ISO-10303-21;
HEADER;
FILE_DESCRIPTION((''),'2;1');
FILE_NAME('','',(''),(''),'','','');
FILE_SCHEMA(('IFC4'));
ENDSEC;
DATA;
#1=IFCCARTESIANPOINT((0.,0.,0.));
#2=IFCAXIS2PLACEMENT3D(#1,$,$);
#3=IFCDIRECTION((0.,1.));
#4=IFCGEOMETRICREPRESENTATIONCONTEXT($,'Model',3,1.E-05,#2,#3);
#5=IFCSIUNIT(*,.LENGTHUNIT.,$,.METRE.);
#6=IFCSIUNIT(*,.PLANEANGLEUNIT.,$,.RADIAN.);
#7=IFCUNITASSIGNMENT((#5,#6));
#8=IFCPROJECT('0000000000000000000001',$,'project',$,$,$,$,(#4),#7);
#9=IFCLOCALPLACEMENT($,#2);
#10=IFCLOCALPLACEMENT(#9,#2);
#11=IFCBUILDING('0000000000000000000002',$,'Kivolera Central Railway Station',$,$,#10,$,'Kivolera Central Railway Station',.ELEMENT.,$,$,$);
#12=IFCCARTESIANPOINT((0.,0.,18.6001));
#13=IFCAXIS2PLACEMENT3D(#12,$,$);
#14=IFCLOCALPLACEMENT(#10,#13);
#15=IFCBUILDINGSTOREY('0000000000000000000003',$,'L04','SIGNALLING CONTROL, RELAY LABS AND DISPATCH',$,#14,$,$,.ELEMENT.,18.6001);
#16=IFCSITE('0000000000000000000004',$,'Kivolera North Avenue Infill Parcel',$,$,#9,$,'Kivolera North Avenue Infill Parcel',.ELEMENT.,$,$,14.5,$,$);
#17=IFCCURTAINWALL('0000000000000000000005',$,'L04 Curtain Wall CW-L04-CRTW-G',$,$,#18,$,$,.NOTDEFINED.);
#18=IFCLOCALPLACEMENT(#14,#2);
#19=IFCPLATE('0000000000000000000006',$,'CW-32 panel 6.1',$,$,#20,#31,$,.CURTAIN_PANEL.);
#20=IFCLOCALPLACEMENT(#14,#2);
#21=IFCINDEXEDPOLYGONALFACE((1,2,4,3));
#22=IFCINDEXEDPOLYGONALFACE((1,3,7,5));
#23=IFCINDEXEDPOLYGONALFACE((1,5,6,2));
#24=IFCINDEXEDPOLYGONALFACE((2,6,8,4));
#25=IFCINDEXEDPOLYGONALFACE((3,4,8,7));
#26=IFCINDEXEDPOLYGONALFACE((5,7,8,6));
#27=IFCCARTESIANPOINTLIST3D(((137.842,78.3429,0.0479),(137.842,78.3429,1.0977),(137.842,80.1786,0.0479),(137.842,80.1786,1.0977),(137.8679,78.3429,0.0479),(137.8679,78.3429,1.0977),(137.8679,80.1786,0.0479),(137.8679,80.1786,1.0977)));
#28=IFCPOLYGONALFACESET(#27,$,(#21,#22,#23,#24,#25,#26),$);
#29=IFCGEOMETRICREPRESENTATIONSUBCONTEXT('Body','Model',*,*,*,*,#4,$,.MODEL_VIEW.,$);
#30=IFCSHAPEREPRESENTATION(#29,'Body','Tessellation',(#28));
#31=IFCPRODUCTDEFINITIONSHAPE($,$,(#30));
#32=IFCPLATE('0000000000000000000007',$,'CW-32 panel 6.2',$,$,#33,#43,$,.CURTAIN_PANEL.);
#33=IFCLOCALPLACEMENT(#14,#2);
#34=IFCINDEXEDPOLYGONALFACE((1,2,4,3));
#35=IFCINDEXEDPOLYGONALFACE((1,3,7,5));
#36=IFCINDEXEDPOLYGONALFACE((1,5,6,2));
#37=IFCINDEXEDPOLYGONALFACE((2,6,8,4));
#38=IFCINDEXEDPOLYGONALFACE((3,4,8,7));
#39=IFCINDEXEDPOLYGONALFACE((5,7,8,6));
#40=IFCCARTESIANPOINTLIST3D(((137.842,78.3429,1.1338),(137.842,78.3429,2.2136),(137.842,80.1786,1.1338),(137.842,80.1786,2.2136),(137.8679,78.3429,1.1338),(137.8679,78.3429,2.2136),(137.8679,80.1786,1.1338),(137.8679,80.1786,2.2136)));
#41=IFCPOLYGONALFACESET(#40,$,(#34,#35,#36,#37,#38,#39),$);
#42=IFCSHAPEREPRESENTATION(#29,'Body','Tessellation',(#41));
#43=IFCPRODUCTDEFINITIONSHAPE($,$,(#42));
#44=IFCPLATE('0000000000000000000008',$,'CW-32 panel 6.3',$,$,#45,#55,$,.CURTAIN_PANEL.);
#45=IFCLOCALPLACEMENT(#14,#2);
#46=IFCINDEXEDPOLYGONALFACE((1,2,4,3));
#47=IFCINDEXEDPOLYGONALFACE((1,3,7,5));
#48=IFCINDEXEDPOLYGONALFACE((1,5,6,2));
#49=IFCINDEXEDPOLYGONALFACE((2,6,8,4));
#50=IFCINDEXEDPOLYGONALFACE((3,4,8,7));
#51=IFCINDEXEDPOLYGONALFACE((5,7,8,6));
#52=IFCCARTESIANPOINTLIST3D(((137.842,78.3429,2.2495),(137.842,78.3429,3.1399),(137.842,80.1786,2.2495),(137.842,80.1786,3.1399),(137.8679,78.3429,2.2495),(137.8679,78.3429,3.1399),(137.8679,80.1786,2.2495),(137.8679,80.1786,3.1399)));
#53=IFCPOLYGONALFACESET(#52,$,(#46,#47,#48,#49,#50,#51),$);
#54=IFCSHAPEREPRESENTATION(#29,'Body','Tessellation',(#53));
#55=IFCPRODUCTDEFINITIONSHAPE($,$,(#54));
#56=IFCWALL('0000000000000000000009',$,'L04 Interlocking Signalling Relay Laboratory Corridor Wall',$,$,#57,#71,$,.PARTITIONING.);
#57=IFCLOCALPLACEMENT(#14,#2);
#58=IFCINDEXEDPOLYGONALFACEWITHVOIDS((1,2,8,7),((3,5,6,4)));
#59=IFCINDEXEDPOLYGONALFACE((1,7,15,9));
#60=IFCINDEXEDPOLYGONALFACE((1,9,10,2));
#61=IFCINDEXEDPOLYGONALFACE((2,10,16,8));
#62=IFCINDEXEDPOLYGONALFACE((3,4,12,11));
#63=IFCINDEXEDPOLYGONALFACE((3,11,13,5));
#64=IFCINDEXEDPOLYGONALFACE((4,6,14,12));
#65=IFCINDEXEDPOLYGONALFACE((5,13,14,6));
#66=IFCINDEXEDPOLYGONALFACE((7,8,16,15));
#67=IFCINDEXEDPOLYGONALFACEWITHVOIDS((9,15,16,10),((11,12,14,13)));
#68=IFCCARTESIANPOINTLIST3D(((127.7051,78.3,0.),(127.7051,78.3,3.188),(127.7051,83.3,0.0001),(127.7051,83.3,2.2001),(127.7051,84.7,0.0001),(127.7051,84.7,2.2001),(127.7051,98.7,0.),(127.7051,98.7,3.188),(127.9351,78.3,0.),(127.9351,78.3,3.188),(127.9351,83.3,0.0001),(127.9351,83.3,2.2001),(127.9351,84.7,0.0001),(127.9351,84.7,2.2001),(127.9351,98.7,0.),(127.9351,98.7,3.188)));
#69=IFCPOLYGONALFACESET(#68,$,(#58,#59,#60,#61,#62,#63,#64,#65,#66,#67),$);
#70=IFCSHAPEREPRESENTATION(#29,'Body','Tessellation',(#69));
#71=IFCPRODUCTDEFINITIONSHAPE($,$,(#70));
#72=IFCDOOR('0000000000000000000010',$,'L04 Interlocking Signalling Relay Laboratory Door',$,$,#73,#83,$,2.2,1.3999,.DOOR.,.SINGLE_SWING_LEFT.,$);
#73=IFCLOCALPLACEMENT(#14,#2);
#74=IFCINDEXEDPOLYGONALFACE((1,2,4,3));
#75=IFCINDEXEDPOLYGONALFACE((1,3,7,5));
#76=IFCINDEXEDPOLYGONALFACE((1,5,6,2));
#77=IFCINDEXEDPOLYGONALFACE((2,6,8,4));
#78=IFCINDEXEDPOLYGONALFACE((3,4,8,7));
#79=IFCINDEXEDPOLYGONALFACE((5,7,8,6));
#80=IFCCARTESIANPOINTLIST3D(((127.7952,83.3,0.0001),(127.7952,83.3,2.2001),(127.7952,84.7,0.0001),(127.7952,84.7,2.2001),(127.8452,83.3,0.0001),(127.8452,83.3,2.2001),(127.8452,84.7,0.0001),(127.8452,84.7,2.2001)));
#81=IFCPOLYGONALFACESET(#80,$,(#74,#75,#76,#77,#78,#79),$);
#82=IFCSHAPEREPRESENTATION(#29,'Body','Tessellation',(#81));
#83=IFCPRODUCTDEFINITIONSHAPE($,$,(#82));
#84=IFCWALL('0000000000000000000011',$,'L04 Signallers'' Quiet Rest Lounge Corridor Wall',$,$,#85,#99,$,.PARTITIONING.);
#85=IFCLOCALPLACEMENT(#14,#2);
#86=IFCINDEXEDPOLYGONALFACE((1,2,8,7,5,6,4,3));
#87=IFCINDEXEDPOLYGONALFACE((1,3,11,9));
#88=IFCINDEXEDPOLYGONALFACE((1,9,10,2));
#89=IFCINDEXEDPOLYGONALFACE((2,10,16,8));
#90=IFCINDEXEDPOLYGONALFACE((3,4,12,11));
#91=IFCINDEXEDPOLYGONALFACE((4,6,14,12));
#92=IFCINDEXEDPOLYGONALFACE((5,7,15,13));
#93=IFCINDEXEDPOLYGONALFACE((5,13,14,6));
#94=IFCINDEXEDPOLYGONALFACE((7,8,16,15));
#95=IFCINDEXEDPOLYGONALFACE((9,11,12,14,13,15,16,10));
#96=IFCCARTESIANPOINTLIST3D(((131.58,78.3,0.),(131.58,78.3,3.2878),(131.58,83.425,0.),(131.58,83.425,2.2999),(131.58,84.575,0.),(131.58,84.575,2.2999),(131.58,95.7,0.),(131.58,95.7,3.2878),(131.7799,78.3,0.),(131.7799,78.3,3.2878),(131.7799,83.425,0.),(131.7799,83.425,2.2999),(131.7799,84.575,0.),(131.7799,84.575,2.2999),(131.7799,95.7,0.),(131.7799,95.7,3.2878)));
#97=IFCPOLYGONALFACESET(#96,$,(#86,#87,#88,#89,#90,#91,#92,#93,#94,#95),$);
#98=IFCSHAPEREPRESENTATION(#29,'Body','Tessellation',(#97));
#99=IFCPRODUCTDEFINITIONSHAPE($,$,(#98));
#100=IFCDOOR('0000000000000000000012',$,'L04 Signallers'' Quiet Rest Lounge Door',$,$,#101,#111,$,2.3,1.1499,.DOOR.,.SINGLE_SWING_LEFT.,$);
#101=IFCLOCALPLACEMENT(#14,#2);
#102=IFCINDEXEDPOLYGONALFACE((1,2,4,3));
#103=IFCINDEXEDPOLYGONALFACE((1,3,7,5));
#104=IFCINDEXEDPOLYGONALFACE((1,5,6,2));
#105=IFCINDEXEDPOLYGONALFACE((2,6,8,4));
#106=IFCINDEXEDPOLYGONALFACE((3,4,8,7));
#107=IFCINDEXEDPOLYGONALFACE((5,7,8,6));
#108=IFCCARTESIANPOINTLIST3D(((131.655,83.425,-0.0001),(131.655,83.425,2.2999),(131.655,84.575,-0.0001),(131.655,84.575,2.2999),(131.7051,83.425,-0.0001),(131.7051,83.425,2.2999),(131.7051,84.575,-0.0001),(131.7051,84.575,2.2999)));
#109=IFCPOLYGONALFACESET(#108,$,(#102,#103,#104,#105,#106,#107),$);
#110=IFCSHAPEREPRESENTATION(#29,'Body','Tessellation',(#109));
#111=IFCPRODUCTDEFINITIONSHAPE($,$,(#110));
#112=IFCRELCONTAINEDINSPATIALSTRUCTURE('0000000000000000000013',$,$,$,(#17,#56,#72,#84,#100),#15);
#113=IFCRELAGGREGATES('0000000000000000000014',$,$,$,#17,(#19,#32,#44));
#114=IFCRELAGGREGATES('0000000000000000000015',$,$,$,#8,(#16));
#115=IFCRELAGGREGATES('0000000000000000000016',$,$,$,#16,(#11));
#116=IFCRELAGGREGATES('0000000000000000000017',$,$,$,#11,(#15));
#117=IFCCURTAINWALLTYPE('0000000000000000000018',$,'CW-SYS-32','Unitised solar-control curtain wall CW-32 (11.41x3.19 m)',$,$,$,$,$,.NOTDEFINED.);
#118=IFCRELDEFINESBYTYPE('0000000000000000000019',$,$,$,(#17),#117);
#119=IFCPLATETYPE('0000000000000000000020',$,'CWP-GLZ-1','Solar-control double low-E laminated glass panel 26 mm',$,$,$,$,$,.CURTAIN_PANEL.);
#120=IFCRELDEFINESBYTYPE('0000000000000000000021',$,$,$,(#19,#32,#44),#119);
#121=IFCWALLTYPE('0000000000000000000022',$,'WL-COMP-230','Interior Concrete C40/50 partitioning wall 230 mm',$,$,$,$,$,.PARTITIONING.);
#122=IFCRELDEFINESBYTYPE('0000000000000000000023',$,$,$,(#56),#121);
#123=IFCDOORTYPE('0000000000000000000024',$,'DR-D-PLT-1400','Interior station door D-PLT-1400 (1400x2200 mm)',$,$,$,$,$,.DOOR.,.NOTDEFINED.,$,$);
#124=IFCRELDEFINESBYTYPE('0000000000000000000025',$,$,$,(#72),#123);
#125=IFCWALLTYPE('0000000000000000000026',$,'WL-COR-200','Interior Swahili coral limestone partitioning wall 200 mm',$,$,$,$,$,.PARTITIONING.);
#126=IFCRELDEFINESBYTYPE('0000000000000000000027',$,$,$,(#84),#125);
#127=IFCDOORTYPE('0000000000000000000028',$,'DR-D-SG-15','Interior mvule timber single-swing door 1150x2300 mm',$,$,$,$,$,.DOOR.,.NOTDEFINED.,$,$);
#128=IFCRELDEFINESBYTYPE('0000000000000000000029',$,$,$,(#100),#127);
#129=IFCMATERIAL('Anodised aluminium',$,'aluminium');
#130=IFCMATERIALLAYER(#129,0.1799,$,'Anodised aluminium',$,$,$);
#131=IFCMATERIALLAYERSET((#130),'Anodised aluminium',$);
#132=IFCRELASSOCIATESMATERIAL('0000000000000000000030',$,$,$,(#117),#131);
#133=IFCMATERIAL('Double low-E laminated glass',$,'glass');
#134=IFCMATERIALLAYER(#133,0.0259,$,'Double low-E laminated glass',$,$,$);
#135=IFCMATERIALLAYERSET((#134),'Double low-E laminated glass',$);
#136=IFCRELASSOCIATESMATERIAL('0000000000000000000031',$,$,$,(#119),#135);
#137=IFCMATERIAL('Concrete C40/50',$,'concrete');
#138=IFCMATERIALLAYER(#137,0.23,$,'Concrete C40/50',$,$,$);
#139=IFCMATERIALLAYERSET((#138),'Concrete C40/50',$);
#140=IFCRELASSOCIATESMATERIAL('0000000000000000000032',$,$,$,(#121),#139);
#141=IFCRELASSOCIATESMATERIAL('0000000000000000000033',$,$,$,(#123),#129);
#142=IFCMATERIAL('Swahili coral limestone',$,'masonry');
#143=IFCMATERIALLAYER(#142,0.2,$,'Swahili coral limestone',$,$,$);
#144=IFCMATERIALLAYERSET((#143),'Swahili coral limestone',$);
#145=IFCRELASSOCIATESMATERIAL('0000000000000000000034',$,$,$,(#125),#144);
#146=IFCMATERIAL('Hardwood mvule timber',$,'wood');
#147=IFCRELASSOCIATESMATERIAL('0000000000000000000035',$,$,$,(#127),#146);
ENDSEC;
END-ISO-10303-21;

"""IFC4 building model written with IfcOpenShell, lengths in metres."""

from ifc_helpers import new_model, si_unit, direction, frame, frame_2d, origin, origin_2d, place, context, subcontext, project, spatial, rectangle, extrude, material, layer, layer_set, type_object, element, fill, aggregate, save


model = new_model("IFC4")

# Units and contexts
model_context = context("Model", 3, precision=1e-05, world=origin(), true_north=direction((0.0, 1.0)))
body_context = subcontext(model_context, "Body", "Model", "MODEL_VIEW")
ifc_project = project(units=[si_unit("LENGTHUNIT", "METRE"), si_unit("PLANEANGLEUNIT", "RADIAN")], contexts=[model_context])

# Site, building, storey
site_placement = place(None, origin())
site = spatial("IfcSite", under=ifc_project, at=site_placement, Name="Kivolera North Avenue Infill Parcel", LongName="Kivolera North Avenue Infill Parcel", CompositionType="ELEMENT", RefElevation=14.5)
building_placement = place(site_placement, origin())
building = spatial("IfcBuilding", under=site, at=building_placement, Name="Kivolera Central Railway Station", LongName="Kivolera Central Railway Station", CompositionType="ELEMENT")
storey_placement = place(building_placement, frame((0.0, 0.0, 18.6001)))
storey = spatial("IfcBuildingStorey", under=building, at=storey_placement, Name="L04", Description="SIGNALLING CONTROL, RELAY LABS AND DISPATCH", CompositionType="ELEMENT", Elevation=18.6001)

# Shared definitions
ifc_material_1 = material(Name="Concrete C40/50", Category="concrete")

# Curtain wall, plates
ifc_material_2 = material(Name="Anodised aluminium", Category="aluminium")
ifc_layer_1 = layer(ifc_material_2, 0.1799, Name="Anodised aluminium")
ifc_layer_set_1 = layer_set([ifc_layer_1], Name="Anodised aluminium")
curtain_wall_type = type_object("IfcCurtainWallType", Name="CW-SYS-32", Description="Unitised solar-control curtain wall CW-32 (11.41x3.19 m)", PredefinedType="NOTDEFINED", material=ifc_layer_set_1)
curtain_wall_placement = place(storey_placement, origin())
curtain_wall = element("IfcCurtainWall", 1, at=curtain_wall_placement, inside=storey, type_object=curtain_wall_type, Name="L04 Curtain Wall CW-L04-CRTW-G", PredefinedType="NOTDEFINED")
ifc_material_3 = material(Name="Double low-E laminated glass", Category="glass")
ifc_layer_2 = layer(ifc_material_3, 0.0259, Name="Double low-E laminated glass")
ifc_layer_set_2 = layer_set([ifc_layer_2], Name="Double low-E laminated glass")
plate_type = type_object("IfcPlateType", Name="CWP-GLZ-1", Description="Solar-control double low-E laminated glass panel 26 mm", PredefinedType="CURTAIN_PANEL", material=ifc_layer_set_2)
plate_1_placement = place(storey_placement, frame((137.855, 79.2607, 0.0479), z_axis=(0.0, 0.0, 1.0), x_axis=(0.0, -1.0, 0.0)))
plate_1 = element("IfcPlate", 2, at=plate_1_placement, type_object=plate_type, Name="CW-32 panel 6.1", PredefinedType="CURTAIN_PANEL", context=body_context, shape_type="SweptSolid", body=[
    extrude(rectangle(XDim=1.8357, YDim=0.0259, at=origin_2d()), origin(), (0.0, 0.0, 1.0), 1.0498),
])
plate_2_placement = place(storey_placement, frame((137.855, 79.2607, 1.1338), z_axis=(0.0, 0.0, 1.0), x_axis=(0.0, -1.0, 0.0)))
plate_2 = element("IfcPlate", 3, at=plate_2_placement, type_object=plate_type, Name="CW-32 panel 6.2", PredefinedType="CURTAIN_PANEL", context=body_context, shape_type="SweptSolid", body=[
    extrude(rectangle(XDim=1.8357, YDim=0.0259, at=origin_2d()), origin(), (0.0, 0.0, 1.0), 1.0798),
])
plate_3_placement = place(storey_placement, frame((137.855, 79.2607, 2.2495), z_axis=(0.0, 0.0, 1.0), x_axis=(0.0, -1.0, 0.0)))
plate_3 = element("IfcPlate", 4, at=plate_3_placement, type_object=plate_type, Name="CW-32 panel 6.3", PredefinedType="CURTAIN_PANEL", context=body_context, shape_type="SweptSolid", body=[
    extrude(rectangle(XDim=1.8357, YDim=0.0259, at=origin_2d()), origin(), (0.0, 0.0, 1.0), 0.8904),
])
aggregate(curtain_wall, [plate_1, plate_2, plate_3])

# Walls, openings, doors
ifc_layer_3 = layer(ifc_material_1, 0.23, Name="Concrete C40/50")
ifc_layer_set_3 = layer_set([ifc_layer_3], Name="Concrete C40/50")
wall_type_1 = type_object("IfcWallType", Name="WL-COMP-230", Description="Interior Concrete C40/50 partitioning wall 230 mm", PredefinedType="PARTITIONING", material=ifc_layer_set_3)
wall_1_placement = place(storey_placement, frame((127.8201, 78.3, 0.0), z_axis=(0.0, 0.0, 1.0), x_axis=(0.0, 1.0, 0.0)))
wall_1 = element("IfcWall", 5, at=wall_1_placement, inside=storey, type_object=wall_type_1, Name="L04 Interlocking Signalling Relay Laboratory Corridor Wall", PredefinedType="PARTITIONING", context=body_context, shape_type="SweptSolid", body=[
    extrude(rectangle(XDim=20.3999, YDim=0.23, at=frame_2d((10.2, 0.0))), origin(), (0.0, 0.0, 1.0), 3.188),
])
opening_1_placement = place(wall_1_placement, frame((5.0, 0.0, 0.0)))
opening_1 = element("IfcOpeningElement", 6, at=opening_1_placement, cuts=wall_1, PredefinedType="OPENING", context=body_context, shape_type="SweptSolid", body=[
    extrude(rectangle(XDim=1.3999, YDim=2.2, at=frame_2d((0.7, 1.1001))), frame((0.0, 0.125, 0.0), z_axis=(0.0, -1.0, 0.0), x_axis=(1.0, 0.0, 0.0)), (0.0, 0.0, 1.0), 0.25),
])
door_type_1 = type_object("IfcDoorType", Name="DR-D-PLT-1400", Description="Interior station door D-PLT-1400 (1400x2200 mm)", OperationType="NOTDEFINED", PredefinedType="DOOR", material=ifc_material_2)
door_1_placement = place(opening_1_placement, origin())
door_1 = element("IfcDoor", 7, at=door_1_placement, inside=storey, type_object=door_type_1, Name="L04 Interlocking Signalling Relay Laboratory Door", OperationType="SINGLE_SWING_LEFT", OverallHeight=2.2, OverallWidth=1.3999, PredefinedType="DOOR", context=body_context, shape_type="SweptSolid", body=[
    extrude(rectangle(XDim=1.3999, YDim=2.2, at=frame_2d((0.7, 1.1001))), frame((0.0, 0.0249, 0.0), z_axis=(0.0, -1.0, 0.0), x_axis=(1.0, 0.0, 0.0)), (0.0, 0.0, 1.0), 0.05),
])
fill(opening_1, door_1)
ifc_material_4 = material(Name="Swahili coral limestone", Category="masonry")
ifc_layer_4 = layer(ifc_material_4, 0.2, Name="Swahili coral limestone")
ifc_layer_set_4 = layer_set([ifc_layer_4], Name="Swahili coral limestone")
wall_type_2 = type_object("IfcWallType", Name="WL-COR-200", Description="Interior Swahili coral limestone partitioning wall 200 mm", PredefinedType="PARTITIONING", material=ifc_layer_set_4)
wall_2_placement = place(storey_placement, frame((131.6799, 78.3, 0.0), z_axis=(0.0, 0.0, 1.0), x_axis=(0.0, 1.0, 0.0)))
wall_2 = element("IfcWall", 8, at=wall_2_placement, inside=storey, type_object=wall_type_2, Name="L04 Signallers' Quiet Rest Lounge Corridor Wall", PredefinedType="PARTITIONING", context=body_context, shape_type="SweptSolid", body=[
    extrude(rectangle(XDim=17.3999, YDim=0.2, at=frame_2d((8.7, 0.0))), origin(), (0.0, 0.0, 1.0), 3.2878),
])
opening_2_placement = place(wall_2_placement, frame((5.125, 0.0, 0.0)))
opening_2 = element("IfcOpeningElement", 9, at=opening_2_placement, cuts=wall_2, PredefinedType="OPENING", context=body_context, shape_type="SweptSolid", body=[
    extrude(rectangle(XDim=1.1499, YDim=2.3, at=frame_2d((0.575, 1.1499))), frame((0.0, 0.1099, 0.0), z_axis=(0.0, -1.0, 0.0), x_axis=(1.0, 0.0, 0.0)), (0.0, 0.0, 1.0), 0.22),
])
ifc_material_5 = material(Name="Hardwood mvule timber", Category="wood")
door_type_2 = type_object("IfcDoorType", Name="DR-D-SG-15", Description="Interior mvule timber single-swing door 1150x2300 mm", OperationType="NOTDEFINED", PredefinedType="DOOR", material=ifc_material_5)
door_2_placement = place(opening_2_placement, origin())
door_2 = element("IfcDoor", 10, at=door_2_placement, inside=storey, type_object=door_type_2, Name="L04 Signallers' Quiet Rest Lounge Door", OperationType="SINGLE_SWING_LEFT", OverallHeight=2.3, OverallWidth=1.1499, PredefinedType="DOOR", context=body_context, shape_type="SweptSolid", body=[
    extrude(rectangle(XDim=1.1499, YDim=2.3, at=frame_2d((0.575, 1.1499))), frame((0.0, 0.0249, 0.0), z_axis=(0.0, -1.0, 0.0), x_axis=(1.0, 0.0, 0.0)), (0.0, 0.0, 1.0), 0.05),
])
fill(opening_2, door_2)

save(model, "model.ifc")
